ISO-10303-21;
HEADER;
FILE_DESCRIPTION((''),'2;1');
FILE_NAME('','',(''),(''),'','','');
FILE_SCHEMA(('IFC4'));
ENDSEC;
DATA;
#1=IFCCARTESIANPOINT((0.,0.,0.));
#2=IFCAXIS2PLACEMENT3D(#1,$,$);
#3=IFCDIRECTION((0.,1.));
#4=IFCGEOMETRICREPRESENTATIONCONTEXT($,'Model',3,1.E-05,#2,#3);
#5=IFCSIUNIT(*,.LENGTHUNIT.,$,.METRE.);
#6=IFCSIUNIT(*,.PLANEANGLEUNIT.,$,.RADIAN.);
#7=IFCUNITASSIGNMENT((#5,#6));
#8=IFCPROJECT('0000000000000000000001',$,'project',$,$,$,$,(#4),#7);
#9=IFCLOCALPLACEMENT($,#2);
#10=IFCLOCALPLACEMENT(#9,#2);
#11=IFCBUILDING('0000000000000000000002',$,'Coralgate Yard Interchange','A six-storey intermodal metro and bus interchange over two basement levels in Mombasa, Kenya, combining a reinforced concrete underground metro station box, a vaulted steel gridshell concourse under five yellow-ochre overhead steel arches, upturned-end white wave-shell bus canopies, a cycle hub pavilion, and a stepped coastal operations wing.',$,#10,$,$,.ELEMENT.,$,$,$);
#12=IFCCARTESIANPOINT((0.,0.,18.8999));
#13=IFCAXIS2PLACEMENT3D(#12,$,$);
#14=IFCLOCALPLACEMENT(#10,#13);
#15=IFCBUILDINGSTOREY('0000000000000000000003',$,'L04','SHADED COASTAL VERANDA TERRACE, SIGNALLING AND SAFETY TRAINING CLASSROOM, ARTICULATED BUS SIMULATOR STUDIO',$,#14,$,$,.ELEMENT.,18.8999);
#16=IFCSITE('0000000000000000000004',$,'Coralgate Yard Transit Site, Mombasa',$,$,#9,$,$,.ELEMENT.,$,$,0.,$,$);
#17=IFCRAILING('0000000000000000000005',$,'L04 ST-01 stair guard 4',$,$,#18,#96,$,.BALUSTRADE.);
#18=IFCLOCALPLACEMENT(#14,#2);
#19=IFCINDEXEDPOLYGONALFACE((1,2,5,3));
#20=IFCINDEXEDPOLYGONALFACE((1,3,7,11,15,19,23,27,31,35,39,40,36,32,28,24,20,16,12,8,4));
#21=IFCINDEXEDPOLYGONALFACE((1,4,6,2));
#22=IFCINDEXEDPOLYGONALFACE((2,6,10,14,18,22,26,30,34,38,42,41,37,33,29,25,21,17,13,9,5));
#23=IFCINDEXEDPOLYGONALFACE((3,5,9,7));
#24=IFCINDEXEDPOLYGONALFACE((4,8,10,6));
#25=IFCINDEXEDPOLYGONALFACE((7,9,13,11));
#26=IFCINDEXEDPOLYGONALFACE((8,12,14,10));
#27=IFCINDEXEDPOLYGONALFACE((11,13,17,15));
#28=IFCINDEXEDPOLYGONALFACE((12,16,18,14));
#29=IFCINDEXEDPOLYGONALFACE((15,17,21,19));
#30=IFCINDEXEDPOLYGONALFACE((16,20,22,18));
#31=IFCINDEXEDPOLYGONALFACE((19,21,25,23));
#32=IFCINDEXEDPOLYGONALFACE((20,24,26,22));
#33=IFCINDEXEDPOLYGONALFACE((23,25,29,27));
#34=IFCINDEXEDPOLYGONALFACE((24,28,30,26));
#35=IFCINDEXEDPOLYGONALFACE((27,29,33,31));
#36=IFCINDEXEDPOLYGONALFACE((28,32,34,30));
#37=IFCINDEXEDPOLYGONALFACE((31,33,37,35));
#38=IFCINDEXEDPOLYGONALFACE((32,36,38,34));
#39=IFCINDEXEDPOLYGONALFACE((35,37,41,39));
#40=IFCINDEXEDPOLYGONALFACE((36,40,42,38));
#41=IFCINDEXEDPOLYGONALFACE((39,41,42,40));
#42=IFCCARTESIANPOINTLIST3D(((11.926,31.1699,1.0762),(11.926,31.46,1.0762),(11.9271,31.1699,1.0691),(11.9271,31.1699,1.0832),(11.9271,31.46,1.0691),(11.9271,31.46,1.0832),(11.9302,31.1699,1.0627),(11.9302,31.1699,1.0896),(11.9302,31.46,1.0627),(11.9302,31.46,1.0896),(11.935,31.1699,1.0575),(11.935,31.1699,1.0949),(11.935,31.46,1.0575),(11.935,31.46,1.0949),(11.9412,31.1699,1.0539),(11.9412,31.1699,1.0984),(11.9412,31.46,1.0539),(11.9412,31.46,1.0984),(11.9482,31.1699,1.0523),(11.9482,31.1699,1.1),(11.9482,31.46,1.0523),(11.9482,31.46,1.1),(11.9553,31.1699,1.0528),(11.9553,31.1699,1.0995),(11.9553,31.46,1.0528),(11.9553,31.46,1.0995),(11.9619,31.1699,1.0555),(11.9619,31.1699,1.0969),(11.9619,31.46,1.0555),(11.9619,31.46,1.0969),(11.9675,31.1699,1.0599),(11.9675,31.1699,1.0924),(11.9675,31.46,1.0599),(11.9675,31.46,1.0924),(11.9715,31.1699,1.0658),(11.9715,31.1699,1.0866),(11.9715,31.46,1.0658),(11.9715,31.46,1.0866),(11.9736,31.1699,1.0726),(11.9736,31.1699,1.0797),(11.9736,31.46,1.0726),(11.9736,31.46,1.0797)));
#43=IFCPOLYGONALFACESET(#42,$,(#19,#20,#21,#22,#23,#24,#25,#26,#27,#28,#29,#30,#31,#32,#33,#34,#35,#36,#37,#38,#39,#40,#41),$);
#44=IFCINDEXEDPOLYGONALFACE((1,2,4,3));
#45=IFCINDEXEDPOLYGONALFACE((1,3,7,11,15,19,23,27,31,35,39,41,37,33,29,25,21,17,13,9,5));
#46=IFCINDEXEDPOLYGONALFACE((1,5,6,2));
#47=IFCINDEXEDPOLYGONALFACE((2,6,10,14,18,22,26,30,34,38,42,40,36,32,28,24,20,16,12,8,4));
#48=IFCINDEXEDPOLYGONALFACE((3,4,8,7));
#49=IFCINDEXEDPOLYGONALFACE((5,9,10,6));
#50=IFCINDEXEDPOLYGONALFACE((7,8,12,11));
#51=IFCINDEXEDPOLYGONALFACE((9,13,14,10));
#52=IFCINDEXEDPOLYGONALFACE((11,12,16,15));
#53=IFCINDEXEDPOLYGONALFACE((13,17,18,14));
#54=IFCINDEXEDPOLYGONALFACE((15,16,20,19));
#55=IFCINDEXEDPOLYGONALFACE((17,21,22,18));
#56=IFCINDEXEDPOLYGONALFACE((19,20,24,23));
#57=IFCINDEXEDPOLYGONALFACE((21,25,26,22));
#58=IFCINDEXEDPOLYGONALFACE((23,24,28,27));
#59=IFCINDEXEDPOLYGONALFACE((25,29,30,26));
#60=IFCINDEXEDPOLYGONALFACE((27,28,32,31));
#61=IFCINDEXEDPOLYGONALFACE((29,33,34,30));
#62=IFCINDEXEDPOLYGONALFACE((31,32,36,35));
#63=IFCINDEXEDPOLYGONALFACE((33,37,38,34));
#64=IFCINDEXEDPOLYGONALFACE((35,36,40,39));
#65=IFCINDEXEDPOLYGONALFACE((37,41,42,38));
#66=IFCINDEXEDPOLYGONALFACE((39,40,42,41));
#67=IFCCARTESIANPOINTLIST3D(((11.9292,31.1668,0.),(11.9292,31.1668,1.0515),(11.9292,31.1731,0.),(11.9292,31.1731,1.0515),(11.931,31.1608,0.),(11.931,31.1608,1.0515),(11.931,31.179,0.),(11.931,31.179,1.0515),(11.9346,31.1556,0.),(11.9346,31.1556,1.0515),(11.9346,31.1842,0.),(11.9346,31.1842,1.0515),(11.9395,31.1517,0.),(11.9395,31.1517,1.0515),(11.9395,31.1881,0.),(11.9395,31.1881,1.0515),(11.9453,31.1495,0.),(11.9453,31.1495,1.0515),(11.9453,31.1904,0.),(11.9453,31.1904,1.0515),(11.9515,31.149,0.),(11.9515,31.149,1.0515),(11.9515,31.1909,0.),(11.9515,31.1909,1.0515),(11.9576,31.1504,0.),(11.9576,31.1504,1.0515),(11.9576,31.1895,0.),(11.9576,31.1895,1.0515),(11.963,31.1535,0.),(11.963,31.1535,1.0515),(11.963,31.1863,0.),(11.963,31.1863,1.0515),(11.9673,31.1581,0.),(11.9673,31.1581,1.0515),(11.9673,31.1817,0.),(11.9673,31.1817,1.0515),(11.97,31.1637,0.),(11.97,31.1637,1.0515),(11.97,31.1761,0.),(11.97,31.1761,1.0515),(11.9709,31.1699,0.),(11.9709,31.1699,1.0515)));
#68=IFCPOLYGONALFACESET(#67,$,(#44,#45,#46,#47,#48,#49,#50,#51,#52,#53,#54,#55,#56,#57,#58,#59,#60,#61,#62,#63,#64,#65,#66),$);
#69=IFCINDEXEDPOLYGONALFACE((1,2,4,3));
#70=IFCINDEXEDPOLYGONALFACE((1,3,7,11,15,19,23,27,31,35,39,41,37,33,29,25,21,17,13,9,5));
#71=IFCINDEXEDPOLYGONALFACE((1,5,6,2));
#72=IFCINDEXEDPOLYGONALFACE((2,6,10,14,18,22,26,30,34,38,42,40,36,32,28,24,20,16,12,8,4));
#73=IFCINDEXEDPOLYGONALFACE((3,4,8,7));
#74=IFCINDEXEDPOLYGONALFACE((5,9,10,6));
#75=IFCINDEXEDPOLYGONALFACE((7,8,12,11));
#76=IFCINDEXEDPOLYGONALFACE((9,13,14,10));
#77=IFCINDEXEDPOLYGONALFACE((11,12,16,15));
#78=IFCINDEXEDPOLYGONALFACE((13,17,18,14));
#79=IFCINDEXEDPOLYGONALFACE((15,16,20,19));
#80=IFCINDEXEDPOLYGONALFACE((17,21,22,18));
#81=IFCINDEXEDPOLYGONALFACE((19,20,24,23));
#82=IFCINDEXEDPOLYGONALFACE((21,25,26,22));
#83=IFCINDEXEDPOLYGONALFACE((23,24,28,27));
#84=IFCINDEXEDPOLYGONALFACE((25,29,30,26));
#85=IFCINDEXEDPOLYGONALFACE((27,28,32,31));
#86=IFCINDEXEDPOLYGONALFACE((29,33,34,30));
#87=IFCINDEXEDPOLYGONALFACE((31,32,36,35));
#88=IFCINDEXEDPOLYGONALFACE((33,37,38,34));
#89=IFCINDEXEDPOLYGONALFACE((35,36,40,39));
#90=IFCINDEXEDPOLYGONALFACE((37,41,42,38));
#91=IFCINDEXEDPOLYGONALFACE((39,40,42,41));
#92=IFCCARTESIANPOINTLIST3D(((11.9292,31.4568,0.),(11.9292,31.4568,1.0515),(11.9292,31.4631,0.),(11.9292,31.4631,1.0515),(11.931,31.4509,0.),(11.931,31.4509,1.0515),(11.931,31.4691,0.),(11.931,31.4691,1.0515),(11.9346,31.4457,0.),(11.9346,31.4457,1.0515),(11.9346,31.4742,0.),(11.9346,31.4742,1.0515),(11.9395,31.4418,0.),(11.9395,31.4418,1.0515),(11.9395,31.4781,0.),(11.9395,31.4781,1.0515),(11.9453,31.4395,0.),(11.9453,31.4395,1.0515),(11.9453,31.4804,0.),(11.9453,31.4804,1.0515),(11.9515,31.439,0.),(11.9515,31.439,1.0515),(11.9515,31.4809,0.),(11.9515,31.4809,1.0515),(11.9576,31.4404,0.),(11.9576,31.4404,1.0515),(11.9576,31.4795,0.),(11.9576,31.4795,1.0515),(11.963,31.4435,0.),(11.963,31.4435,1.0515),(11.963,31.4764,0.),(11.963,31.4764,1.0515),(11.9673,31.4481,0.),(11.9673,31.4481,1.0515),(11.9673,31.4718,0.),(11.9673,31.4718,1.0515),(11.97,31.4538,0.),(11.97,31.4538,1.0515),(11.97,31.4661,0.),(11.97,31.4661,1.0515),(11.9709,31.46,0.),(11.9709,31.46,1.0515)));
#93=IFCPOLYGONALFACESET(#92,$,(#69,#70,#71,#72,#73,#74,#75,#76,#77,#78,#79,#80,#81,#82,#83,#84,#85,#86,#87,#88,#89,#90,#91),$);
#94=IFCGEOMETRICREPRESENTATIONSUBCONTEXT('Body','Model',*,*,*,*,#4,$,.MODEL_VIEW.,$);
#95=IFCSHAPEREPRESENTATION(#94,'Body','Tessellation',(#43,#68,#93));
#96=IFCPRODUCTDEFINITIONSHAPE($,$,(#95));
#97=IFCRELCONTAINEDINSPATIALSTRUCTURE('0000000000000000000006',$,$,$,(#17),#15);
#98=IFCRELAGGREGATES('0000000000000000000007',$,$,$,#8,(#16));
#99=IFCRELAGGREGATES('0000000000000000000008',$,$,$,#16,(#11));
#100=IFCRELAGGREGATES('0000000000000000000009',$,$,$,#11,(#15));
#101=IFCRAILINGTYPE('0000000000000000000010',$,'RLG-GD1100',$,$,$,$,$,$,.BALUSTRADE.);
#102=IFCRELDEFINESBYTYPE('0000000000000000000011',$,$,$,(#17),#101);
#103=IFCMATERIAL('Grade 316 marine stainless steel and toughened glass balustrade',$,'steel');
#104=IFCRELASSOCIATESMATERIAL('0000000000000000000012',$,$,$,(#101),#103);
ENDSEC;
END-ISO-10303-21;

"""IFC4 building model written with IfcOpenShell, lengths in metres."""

from ifc_helpers import new_model, si_unit, direction, frame, origin, origin_2d, place, context, subcontext, project, spatial, circle, extrude, material, type_object, element, save


model = new_model("IFC4")

# Units and contexts
model_context = context("Model", 3, precision=1e-05, world=origin(), true_north=direction((0.0, 1.0)))
body_context = subcontext(model_context, "Body", "Model", "MODEL_VIEW")
ifc_project = project(units=[si_unit("LENGTHUNIT", "METRE"), si_unit("PLANEANGLEUNIT", "RADIAN")], contexts=[model_context])

# Site, building, storey
site_placement = place(None, origin())
site = spatial("IfcSite", under=ifc_project, at=site_placement, Name="Coralgate Yard Transit Site, Mombasa", CompositionType="ELEMENT", RefElevation=0.0)
building_placement = place(site_placement, origin())
building = spatial("IfcBuilding", under=site, at=building_placement, Name="Coralgate Yard Interchange", Description="A six-storey intermodal metro and bus interchange over two basement levels in Mombasa, Kenya, combining a reinforced concrete underground metro station box, a vaulted steel gridshell concourse under five yellow-ochre overhead steel arches, upturned-end white wave-shell bus canopies, a cycle hub pavilion, and a stepped coastal operations wing.", CompositionType="ELEMENT")
storey_placement = place(building_placement, frame((0.0, 0.0, 18.8999)))
storey = spatial("IfcBuildingStorey", under=building, at=storey_placement, Name="L04", Description="SHADED COASTAL VERANDA TERRACE, SIGNALLING AND SAFETY TRAINING CLASSROOM, ARTICULATED BUS SIMULATOR STUDIO", CompositionType="ELEMENT", Elevation=18.8999)

# Railing
ifc_material_1 = material(Name="Grade 316 marine stainless steel and toughened glass balustrade", Category="steel")
railing_type = type_object("IfcRailingType", Name="RLG-GD1100", PredefinedType="BALUSTRADE", material=ifc_material_1)
railing_placement = place(storey_placement, frame((11.95, 31.1699, 0.0)))
element("IfcRailing", 1, at=railing_placement, inside=storey, type_object=railing_type, Name="L04 ST-01 stair guard 4", PredefinedType="BALUSTRADE", context=body_context, shape_type="SweptSolid", body=[
    extrude(circle(Radius=0.0239, at=origin_2d()), frame((0.0, 0.0, 1.0762), z_axis=(0.0, 1.0, 0.0), x_axis=(-1.0, 0.0, 0.0)), (0.0, 0.0, 1.0), 0.29),
    extrude(circle(Radius=0.021, at=origin_2d()), origin(), (0.0, 0.0, 1.0), 1.0515),
    extrude(circle(Radius=0.021, at=origin_2d()), frame((0.0, 0.29, 0.0)), (0.0, 0.0, 1.0), 1.0515),
])

save(model, "model.ifc")
